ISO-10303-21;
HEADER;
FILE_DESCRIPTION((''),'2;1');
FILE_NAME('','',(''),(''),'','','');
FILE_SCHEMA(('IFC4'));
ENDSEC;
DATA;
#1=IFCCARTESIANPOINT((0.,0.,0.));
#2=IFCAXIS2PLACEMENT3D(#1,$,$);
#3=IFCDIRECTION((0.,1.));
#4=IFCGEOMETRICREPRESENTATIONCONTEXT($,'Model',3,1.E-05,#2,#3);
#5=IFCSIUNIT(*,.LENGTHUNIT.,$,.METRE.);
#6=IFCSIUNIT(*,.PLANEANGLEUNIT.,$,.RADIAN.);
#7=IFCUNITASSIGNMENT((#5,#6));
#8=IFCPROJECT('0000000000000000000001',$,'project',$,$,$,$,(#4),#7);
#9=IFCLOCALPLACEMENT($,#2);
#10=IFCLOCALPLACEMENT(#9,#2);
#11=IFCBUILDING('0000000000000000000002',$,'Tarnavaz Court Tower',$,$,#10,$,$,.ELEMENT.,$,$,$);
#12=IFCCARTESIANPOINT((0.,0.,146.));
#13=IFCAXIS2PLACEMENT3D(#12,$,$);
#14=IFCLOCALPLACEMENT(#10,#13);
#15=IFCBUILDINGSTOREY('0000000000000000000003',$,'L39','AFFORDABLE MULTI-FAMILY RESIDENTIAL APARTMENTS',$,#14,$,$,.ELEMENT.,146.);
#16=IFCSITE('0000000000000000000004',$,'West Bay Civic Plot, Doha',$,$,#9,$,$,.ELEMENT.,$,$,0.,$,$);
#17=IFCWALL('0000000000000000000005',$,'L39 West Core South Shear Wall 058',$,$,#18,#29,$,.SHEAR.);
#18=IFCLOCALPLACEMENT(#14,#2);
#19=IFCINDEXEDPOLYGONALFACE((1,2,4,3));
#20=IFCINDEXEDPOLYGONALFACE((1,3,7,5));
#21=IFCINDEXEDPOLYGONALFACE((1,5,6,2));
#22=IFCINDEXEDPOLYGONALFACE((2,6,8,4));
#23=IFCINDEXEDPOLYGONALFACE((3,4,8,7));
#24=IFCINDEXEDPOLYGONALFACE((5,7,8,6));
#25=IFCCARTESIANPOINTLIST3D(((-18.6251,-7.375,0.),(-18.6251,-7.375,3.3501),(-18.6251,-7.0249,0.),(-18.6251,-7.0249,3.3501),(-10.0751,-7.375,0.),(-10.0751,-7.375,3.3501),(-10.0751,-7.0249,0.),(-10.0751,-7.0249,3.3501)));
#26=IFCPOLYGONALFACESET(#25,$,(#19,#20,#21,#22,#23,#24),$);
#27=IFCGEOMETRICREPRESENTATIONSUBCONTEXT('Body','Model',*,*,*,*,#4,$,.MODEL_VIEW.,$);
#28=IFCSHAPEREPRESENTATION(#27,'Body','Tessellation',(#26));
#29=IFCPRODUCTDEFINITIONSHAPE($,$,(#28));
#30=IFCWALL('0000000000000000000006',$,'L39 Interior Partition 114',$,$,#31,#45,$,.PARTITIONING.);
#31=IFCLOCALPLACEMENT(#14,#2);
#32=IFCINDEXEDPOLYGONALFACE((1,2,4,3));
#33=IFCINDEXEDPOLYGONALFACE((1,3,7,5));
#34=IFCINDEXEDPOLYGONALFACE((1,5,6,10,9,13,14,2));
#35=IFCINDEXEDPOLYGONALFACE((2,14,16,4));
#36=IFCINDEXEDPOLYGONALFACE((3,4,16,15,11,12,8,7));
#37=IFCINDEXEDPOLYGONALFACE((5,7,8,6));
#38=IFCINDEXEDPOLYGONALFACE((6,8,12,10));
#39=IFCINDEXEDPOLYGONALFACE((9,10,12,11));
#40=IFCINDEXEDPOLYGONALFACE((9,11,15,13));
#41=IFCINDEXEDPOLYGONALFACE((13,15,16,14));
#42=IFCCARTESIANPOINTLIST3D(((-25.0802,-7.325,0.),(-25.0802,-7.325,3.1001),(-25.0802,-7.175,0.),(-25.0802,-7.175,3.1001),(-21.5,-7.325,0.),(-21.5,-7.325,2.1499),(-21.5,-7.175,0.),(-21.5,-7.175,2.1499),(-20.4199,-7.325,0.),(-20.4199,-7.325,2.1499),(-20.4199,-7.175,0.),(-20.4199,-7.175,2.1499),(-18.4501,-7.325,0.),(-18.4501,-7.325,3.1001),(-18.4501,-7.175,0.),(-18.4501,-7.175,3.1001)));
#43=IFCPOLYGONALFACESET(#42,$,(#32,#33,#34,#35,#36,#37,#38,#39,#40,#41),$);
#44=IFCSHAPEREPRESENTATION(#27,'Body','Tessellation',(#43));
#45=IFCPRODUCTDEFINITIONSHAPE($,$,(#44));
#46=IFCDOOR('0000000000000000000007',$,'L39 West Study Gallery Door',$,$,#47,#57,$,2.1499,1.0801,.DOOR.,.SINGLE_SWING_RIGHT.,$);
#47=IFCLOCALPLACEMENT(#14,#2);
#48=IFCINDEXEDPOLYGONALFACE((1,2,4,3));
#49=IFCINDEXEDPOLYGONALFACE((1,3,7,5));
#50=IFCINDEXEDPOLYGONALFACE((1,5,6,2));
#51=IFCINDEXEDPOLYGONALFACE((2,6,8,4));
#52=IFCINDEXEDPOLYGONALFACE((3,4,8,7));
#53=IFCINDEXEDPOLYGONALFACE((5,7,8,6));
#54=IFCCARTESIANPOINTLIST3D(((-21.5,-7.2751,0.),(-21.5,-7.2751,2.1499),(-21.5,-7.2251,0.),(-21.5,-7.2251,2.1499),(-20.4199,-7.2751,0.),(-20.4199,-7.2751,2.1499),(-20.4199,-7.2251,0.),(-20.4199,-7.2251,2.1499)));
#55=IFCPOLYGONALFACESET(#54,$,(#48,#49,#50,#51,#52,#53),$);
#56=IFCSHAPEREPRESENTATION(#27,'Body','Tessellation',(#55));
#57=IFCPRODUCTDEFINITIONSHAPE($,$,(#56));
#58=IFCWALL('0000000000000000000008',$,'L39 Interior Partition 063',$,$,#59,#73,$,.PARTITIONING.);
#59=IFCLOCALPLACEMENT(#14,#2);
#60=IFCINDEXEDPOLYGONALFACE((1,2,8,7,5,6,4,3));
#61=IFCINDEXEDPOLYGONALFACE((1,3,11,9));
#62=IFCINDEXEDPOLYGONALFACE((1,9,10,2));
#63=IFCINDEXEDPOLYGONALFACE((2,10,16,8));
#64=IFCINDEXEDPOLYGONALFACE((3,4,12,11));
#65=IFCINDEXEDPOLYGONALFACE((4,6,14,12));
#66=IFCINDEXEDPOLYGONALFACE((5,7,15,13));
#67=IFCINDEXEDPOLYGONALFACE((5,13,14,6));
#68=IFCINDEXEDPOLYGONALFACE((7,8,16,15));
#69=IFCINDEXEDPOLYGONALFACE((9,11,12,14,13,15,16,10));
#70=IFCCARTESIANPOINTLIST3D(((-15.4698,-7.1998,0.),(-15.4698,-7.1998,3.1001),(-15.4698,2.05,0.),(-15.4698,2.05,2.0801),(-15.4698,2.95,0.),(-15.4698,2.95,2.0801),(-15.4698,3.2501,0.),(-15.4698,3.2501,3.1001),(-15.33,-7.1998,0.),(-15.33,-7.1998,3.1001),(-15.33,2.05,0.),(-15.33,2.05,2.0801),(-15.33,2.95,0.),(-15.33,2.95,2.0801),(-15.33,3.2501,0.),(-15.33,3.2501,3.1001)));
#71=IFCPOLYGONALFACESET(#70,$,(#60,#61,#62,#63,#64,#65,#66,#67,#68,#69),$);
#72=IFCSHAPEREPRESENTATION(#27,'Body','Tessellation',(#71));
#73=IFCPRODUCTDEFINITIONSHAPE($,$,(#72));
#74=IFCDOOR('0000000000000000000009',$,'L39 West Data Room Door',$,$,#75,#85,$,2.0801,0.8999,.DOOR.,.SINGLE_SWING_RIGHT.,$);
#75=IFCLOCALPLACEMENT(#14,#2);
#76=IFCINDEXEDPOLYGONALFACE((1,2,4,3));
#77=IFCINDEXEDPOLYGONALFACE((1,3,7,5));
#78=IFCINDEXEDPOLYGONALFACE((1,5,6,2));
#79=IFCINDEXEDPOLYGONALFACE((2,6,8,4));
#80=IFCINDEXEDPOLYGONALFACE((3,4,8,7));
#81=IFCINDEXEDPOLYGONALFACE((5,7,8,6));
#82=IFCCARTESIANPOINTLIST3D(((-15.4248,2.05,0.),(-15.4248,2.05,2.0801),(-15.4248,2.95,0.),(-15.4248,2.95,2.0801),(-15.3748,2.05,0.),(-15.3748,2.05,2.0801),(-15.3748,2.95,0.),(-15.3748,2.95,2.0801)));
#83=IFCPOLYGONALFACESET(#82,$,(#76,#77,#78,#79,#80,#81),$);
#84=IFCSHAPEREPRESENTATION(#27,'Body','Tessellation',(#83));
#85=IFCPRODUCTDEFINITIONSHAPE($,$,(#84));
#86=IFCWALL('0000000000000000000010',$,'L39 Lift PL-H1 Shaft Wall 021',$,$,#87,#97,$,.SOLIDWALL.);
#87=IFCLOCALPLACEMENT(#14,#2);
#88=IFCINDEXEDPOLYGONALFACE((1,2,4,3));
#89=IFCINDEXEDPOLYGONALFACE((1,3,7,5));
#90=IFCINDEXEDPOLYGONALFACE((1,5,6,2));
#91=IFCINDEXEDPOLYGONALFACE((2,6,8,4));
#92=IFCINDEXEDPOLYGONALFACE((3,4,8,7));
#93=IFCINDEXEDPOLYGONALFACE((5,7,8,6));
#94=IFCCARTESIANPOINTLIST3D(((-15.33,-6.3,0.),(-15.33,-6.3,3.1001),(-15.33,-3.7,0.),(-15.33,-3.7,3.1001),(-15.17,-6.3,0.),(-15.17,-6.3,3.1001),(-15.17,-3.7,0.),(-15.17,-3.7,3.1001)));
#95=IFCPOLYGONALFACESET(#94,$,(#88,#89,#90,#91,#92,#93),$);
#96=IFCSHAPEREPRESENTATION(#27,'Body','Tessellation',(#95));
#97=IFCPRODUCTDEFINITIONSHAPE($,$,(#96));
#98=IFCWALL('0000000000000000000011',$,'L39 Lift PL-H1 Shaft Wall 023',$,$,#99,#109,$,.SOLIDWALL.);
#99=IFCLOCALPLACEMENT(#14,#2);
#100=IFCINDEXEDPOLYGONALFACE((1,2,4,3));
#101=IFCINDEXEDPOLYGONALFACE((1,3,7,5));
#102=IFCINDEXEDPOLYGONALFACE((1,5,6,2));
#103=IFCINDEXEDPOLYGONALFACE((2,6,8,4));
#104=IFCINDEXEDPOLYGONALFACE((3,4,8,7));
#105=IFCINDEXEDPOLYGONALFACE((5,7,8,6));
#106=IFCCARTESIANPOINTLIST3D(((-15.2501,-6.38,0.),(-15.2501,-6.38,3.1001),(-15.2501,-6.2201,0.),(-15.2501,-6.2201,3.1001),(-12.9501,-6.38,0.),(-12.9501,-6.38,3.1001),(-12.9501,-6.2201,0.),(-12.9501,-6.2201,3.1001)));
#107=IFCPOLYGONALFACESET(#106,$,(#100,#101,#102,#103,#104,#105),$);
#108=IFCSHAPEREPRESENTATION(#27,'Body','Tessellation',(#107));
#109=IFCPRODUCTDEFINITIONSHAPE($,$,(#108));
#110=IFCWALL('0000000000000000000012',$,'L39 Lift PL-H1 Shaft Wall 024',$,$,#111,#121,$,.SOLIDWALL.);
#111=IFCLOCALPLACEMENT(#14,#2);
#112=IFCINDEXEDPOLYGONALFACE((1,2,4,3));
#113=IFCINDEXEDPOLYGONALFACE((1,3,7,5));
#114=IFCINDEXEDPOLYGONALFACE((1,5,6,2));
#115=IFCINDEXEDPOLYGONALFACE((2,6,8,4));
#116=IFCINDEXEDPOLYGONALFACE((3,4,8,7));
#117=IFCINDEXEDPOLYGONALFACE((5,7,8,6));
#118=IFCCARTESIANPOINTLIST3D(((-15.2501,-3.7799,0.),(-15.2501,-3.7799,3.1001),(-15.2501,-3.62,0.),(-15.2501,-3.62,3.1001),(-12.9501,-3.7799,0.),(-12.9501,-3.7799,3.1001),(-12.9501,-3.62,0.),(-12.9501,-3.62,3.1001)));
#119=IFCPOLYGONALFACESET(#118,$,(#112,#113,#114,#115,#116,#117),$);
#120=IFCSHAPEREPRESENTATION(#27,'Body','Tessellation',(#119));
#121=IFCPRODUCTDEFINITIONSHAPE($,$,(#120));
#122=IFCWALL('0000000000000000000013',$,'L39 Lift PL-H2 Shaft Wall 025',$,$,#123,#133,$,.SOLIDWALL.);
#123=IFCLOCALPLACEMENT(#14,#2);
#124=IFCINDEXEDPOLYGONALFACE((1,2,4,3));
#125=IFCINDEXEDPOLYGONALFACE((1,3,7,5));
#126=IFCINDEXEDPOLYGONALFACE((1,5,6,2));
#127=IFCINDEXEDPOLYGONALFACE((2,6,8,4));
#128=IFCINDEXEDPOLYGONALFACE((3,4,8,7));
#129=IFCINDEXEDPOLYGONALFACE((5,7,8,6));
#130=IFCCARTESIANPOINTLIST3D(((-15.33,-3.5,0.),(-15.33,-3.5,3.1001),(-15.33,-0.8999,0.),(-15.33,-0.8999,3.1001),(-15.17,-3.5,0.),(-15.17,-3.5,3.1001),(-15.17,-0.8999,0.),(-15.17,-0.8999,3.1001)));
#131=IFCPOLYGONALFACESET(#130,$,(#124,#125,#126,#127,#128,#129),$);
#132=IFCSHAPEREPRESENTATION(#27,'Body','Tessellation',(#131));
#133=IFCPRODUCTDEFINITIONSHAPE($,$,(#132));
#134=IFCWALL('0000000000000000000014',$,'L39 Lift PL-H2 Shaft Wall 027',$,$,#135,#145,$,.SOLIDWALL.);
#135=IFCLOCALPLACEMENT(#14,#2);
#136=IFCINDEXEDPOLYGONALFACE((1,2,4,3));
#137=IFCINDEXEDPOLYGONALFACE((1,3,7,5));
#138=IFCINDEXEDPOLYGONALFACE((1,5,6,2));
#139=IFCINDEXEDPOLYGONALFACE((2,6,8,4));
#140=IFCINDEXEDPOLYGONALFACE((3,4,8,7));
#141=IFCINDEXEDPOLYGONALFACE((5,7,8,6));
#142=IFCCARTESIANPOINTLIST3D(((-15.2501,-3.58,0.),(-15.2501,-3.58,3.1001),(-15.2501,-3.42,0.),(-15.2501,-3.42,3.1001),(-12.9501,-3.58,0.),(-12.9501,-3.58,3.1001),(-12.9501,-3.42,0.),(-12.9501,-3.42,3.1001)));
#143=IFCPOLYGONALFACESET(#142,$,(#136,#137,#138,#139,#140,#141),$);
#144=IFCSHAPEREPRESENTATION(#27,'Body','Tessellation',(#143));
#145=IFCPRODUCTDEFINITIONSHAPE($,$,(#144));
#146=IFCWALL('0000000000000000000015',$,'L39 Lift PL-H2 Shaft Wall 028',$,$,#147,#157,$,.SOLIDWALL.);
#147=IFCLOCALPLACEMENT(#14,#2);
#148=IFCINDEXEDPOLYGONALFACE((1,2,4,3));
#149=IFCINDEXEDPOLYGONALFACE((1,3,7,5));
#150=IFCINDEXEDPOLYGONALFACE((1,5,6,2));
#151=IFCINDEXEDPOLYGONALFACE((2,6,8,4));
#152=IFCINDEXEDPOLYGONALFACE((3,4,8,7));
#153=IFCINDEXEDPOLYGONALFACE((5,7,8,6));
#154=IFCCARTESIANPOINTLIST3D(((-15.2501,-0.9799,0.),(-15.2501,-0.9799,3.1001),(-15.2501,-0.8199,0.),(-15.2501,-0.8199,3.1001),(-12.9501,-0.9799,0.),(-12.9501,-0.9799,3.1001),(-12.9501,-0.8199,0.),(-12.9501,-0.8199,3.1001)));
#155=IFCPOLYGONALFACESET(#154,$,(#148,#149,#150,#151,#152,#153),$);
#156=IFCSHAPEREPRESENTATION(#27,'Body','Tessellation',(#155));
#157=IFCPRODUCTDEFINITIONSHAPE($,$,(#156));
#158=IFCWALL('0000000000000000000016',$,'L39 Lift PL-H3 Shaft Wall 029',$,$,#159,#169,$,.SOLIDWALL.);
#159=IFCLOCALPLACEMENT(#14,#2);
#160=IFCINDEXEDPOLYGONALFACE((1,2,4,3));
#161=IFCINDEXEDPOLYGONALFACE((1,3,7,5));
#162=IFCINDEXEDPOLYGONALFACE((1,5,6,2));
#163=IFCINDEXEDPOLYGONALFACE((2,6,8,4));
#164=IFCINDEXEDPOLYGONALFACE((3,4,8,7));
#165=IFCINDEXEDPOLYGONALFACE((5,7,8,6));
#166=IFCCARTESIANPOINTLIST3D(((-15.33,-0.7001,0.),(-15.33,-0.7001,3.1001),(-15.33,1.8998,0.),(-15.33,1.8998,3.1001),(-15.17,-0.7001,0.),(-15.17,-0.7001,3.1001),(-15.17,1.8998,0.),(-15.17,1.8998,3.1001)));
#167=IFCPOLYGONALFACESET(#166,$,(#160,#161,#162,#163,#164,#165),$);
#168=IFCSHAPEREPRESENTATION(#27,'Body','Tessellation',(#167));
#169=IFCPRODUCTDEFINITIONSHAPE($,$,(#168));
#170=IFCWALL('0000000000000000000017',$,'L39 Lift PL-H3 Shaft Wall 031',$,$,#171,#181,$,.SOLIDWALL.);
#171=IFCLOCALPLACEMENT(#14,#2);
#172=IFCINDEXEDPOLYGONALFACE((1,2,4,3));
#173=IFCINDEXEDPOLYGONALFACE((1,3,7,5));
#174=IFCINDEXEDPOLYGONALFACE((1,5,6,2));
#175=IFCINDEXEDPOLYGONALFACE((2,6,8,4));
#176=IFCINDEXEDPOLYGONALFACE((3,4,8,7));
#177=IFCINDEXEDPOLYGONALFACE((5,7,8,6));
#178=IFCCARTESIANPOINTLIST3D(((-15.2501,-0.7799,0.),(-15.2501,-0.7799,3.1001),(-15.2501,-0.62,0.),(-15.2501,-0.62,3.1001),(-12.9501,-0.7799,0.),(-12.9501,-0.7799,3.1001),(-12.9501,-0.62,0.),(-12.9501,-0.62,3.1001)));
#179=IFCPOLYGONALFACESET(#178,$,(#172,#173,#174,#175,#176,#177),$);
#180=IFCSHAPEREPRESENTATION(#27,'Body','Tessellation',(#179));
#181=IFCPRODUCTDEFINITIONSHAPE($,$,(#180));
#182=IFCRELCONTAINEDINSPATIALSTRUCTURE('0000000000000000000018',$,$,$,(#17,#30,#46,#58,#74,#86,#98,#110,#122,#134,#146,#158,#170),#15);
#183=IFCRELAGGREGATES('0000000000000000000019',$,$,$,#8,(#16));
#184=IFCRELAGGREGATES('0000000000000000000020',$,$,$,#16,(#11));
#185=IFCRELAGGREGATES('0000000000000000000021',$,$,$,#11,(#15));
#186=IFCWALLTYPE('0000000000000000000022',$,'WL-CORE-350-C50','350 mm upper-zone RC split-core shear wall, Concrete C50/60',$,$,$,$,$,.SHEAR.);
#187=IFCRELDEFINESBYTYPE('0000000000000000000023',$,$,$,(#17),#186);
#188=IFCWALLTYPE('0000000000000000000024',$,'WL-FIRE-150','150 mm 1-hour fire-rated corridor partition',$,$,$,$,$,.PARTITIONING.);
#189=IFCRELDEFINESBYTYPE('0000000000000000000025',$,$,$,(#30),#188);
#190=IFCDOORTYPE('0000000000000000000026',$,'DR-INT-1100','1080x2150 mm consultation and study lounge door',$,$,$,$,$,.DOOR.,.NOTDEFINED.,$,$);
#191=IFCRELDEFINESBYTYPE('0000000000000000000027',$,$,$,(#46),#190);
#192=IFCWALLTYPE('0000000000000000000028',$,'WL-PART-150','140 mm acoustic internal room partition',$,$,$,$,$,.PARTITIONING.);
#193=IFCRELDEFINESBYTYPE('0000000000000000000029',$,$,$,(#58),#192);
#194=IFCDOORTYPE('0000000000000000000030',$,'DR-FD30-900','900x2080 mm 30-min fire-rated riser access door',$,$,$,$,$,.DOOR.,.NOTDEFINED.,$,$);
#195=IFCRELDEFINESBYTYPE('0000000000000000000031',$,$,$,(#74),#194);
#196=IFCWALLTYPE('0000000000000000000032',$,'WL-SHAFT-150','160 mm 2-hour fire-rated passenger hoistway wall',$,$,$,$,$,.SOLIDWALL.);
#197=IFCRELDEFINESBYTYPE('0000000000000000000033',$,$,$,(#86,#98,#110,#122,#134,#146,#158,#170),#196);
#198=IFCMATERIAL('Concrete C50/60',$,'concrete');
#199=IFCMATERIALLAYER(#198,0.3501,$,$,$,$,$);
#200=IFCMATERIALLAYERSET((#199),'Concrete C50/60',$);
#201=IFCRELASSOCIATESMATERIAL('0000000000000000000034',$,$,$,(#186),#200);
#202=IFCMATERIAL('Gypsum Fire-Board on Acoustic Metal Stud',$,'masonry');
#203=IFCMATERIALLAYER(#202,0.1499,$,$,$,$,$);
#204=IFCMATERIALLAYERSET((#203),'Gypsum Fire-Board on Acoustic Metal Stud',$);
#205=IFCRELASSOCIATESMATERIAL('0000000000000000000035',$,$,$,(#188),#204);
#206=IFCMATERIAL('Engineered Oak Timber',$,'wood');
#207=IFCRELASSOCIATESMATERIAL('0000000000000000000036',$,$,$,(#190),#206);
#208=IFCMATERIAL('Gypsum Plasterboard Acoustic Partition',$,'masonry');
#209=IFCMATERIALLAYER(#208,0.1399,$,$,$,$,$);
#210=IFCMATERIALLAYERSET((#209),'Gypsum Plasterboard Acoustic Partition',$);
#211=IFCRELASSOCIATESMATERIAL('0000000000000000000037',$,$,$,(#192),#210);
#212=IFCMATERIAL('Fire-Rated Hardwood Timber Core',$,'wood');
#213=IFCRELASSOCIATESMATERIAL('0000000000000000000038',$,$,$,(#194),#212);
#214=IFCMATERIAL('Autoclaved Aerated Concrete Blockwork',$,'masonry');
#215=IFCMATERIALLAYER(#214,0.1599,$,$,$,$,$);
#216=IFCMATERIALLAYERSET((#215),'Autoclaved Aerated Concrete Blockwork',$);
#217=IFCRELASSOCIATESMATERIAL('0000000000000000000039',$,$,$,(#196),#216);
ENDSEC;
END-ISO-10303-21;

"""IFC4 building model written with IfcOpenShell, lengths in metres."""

from ifc_helpers import new_model, si_unit, direction, frame, frame_2d, origin, place, context, subcontext, project, spatial, rectangle, extrude, material, layer, layer_set, type_object, element, fill, save


model = new_model("IFC4")

# Units and contexts
model_context = context("Model", 3, precision=1e-05, world=origin(), true_north=direction((0.0, 1.0)))
body_context = subcontext(model_context, "Body", "Model", "MODEL_VIEW")
ifc_project = project(units=[si_unit("LENGTHUNIT", "METRE"), si_unit("PLANEANGLEUNIT", "RADIAN")], contexts=[model_context])

# Site, building, storey
site_placement = place(None, origin())
site = spatial("IfcSite", under=ifc_project, at=site_placement, Name="West Bay Civic Plot, Doha", CompositionType="ELEMENT", RefElevation=0.0)
building_placement = place(site_placement, origin())
building = spatial("IfcBuilding", under=site, at=building_placement, Name="Tarnavaz Court Tower", CompositionType="ELEMENT")
storey_placement = place(building_placement, frame((0.0, 0.0, 146.0)))
storey = spatial("IfcBuildingStorey", under=building, at=storey_placement, Name="L39", Description="AFFORDABLE MULTI-FAMILY RESIDENTIAL APARTMENTS", CompositionType="ELEMENT", Elevation=146.0)

# Shared definitions
ifc_material_1 = material(Name="Concrete C50/60", Category="concrete")

# Wall
ifc_layer_1 = layer(ifc_material_1, 0.3501)
ifc_layer_set_1 = layer_set([ifc_layer_1], Name="Concrete C50/60")
wall_type_1 = type_object("IfcWallType", Name="WL-CORE-350-C50", Description="350 mm upper-zone RC split-core shear wall, Concrete C50/60", PredefinedType="SHEAR", material=ifc_layer_set_1)
wall_1_placement = place(storey_placement, frame((-18.625, -7.2, 0.0), z_axis=(0.0, 0.0, 1.0), x_axis=(1.0, 0.0, 0.0)))
element("IfcWall", 1, at=wall_1_placement, inside=storey, type_object=wall_type_1, Name="L39 West Core South Shear Wall 058", PredefinedType="SHEAR", context=body_context, shape_type="SweptSolid", body=[
    extrude(rectangle(XDim=8.55, YDim=0.3501, at=frame_2d((4.2749, 0.0))), origin(), (0.0, 0.0, 1.0), 3.3501),
])

# Walls, openings, doors
ifc_material_2 = material(Name="Gypsum Fire-Board on Acoustic Metal Stud", Category="masonry")
ifc_layer_2 = layer(ifc_material_2, 0.1499)
ifc_layer_set_2 = layer_set([ifc_layer_2], Name="Gypsum Fire-Board on Acoustic Metal Stud")
wall_type_2 = type_object("IfcWallType", Name="WL-FIRE-150", Description="150 mm 1-hour fire-rated corridor partition", PredefinedType="PARTITIONING", material=ifc_layer_set_2)
wall_2_placement = place(storey_placement, frame((-25.0801, -7.25, 0.0), z_axis=(0.0, 0.0, 1.0), x_axis=(1.0, 0.0, 0.0)))
wall_2 = element("IfcWall", 2, at=wall_2_placement, inside=storey, type_object=wall_type_2, Name="L39 Interior Partition 114", PredefinedType="PARTITIONING", context=body_context, shape_type="SweptSolid", body=[
    extrude(rectangle(XDim=6.6301, YDim=0.1499, at=frame_2d((3.3149, 0.0))), origin(), (0.0, 0.0, 1.0), 3.1001),
])
opening_1_placement = place(wall_2_placement, frame((3.5801, 0.0, 0.0)))
opening_1 = element("IfcOpeningElement", 3, at=opening_1_placement, cuts=wall_2, PredefinedType="OPENING", context=body_context, shape_type="SweptSolid", body=[
    extrude(rectangle(XDim=1.0801, YDim=2.1499, at=frame_2d((0.54, 1.075))), frame((0.0, 0.085, 0.0), z_axis=(0.0, -1.0, 0.0), x_axis=(1.0, 0.0, 0.0)), (0.0, 0.0, 1.0), 0.1699),
])
ifc_material_3 = material(Name="Engineered Oak Timber", Category="wood")
door_type_1 = type_object("IfcDoorType", Name="DR-INT-1100", Description="1080x2150 mm consultation and study lounge door", OperationType="NOTDEFINED", PredefinedType="DOOR", material=ifc_material_3)
door_1_placement = place(opening_1_placement, origin())
door_1 = element("IfcDoor", 4, at=door_1_placement, inside=storey, type_object=door_type_1, Name="L39 West Study Gallery Door", OperationType="SINGLE_SWING_RIGHT", OverallHeight=2.1499, OverallWidth=1.0801, PredefinedType="DOOR", context=body_context, shape_type="SweptSolid", body=[
    extrude(rectangle(XDim=1.0801, YDim=2.1499, at=frame_2d((0.54, 1.075))), frame((0.0, 0.0249, 0.0), z_axis=(0.0, -1.0, 0.0), x_axis=(1.0, 0.0, 0.0)), (0.0, 0.0, 1.0), 0.05),
])
fill(opening_1, door_1)
ifc_material_4 = material(Name="Gypsum Plasterboard Acoustic Partition", Category="masonry")
ifc_layer_3 = layer(ifc_material_4, 0.1399)
ifc_layer_set_3 = layer_set([ifc_layer_3], Name="Gypsum Plasterboard Acoustic Partition")
wall_type_3 = type_object("IfcWallType", Name="WL-PART-150", Description="140 mm acoustic internal room partition", PredefinedType="PARTITIONING", material=ifc_layer_set_3)
wall_3_placement = place(storey_placement, frame((-15.3999, -7.2, 0.0), z_axis=(0.0, 0.0, 1.0), x_axis=(0.0, 1.0, 0.0)))
wall_3 = element("IfcWall", 5, at=wall_3_placement, inside=storey, type_object=wall_type_3, Name="L39 Interior Partition 063", PredefinedType="PARTITIONING", context=body_context, shape_type="SweptSolid", body=[
    extrude(rectangle(XDim=10.45, YDim=0.1399, at=frame_2d((5.2251, 0.0))), origin(), (0.0, 0.0, 1.0), 3.1001),
])
opening_2_placement = place(wall_3_placement, frame((9.25, 0.0, 0.0)))
opening_2 = element("IfcOpeningElement", 6, at=opening_2_placement, cuts=wall_3, PredefinedType="OPENING", context=body_context, shape_type="SweptSolid", body=[
    extrude(rectangle(XDim=0.8999, YDim=2.0801, at=frame_2d((0.45, 1.04))), frame((0.0, 0.0798, 0.0), z_axis=(0.0, -1.0, 0.0), x_axis=(1.0, 0.0, 0.0)), (0.0, 0.0, 1.0), 0.1599),
])
ifc_material_5 = material(Name="Fire-Rated Hardwood Timber Core", Category="wood")
door_type_2 = type_object("IfcDoorType", Name="DR-FD30-900", Description="900x2080 mm 30-min fire-rated riser access door", OperationType="NOTDEFINED", PredefinedType="DOOR", material=ifc_material_5)
door_2_placement = place(opening_2_placement, origin())
door_2 = element("IfcDoor", 7, at=door_2_placement, inside=storey, type_object=door_type_2, Name="L39 West Data Room Door", OperationType="SINGLE_SWING_RIGHT", OverallHeight=2.0801, OverallWidth=0.8999, PredefinedType="DOOR", context=body_context, shape_type="SweptSolid", body=[
    extrude(rectangle(XDim=0.8999, YDim=2.0801, at=frame_2d((0.45, 1.04))), frame((0.0, 0.0249, 0.0), z_axis=(0.0, -1.0, 0.0), x_axis=(1.0, 0.0, 0.0)), (0.0, 0.0, 1.0), 0.05),
])
fill(opening_2, door_2)

# Walls
ifc_material_6 = material(Name="Autoclaved Aerated Concrete Blockwork", Category="masonry")
ifc_layer_4 = layer(ifc_material_6, 0.1599)
ifc_layer_set_4 = layer_set([ifc_layer_4], Name="Autoclaved Aerated Concrete Blockwork")
wall_type_4 = type_object("IfcWallType", Name="WL-SHAFT-150", Description="160 mm 2-hour fire-rated passenger hoistway wall", PredefinedType="SOLIDWALL", material=ifc_layer_set_4)
wall_4_placement = place(storey_placement, frame((-15.25, -6.3, 0.0), z_axis=(0.0, 0.0, 1.0), x_axis=(0.0, 1.0, 0.0)))
element("IfcWall", 8, at=wall_4_placement, inside=storey, type_object=wall_type_4, Name="L39 Lift PL-H1 Shaft Wall 021", PredefinedType="SOLIDWALL", context=body_context, shape_type="SweptSolid", body=[
    extrude(rectangle(XDim=2.6001, YDim=0.1599, at=frame_2d((1.3, 0.0))), origin(), (0.0, 0.0, 1.0), 3.1001),
])
for number, where, z_axis, x_axis, name in (
    (9, (-15.25, -6.3, 0.0), (0.0, 0.0, 1.0), (1.0, 0.0, 0.0), "L39 Lift PL-H1 Shaft Wall 023"),
    (10, (-15.25, -3.7, 0.0), (0.0, 0.0, 1.0), (1.0, 0.0, 0.0), "L39 Lift PL-H1 Shaft Wall 024"),
):
    element("IfcWall", number, at=place(storey_placement, frame(where, z_axis=z_axis, x_axis=x_axis)), inside=storey, type_object=wall_type_4, Name=name, PredefinedType="SOLIDWALL", context=body_context, shape_type="SweptSolid", body=[
        extrude(rectangle(XDim=2.3, YDim=0.1599, at=frame_2d((1.1499, 0.0))), origin(), (0.0, 0.0, 1.0), 3.1001),
    ])
wall_5_placement = place(storey_placement, frame((-15.25, -3.5, 0.0), z_axis=(0.0, 0.0, 1.0), x_axis=(0.0, 1.0, 0.0)))
element("IfcWall", 11, at=wall_5_placement, inside=storey, type_object=wall_type_4, Name="L39 Lift PL-H2 Shaft Wall 025", PredefinedType="SOLIDWALL", context=body_context, shape_type="SweptSolid", body=[
    extrude(rectangle(XDim=2.6001, YDim=0.1599, at=frame_2d((1.3, 0.0))), origin(), (0.0, 0.0, 1.0), 3.1001),
])
for number, where, z_axis, x_axis, name in (
    (12, (-15.25, -3.5, 0.0), (0.0, 0.0, 1.0), (1.0, 0.0, 0.0), "L39 Lift PL-H2 Shaft Wall 027"),
    (13, (-15.25, -0.8999, 0.0), (0.0, 0.0, 1.0), (1.0, 0.0, 0.0), "L39 Lift PL-H2 Shaft Wall 028"),
):
    element("IfcWall", number, at=place(storey_placement, frame(where, z_axis=z_axis, x_axis=x_axis)), inside=storey, type_object=wall_type_4, Name=name, PredefinedType="SOLIDWALL", context=body_context, shape_type="SweptSolid", body=[
        extrude(rectangle(XDim=2.3, YDim=0.1599, at=frame_2d((1.1499, 0.0))), origin(), (0.0, 0.0, 1.0), 3.1001),
    ])
wall_6_placement = place(storey_placement, frame((-15.25, -0.7, 0.0), z_axis=(0.0, 0.0, 1.0), x_axis=(0.0, 1.0, 0.0)))
element("IfcWall", 14, at=wall_6_placement, inside=storey, type_object=wall_type_4, Name="L39 Lift PL-H3 Shaft Wall 029", PredefinedType="SOLIDWALL", context=body_context, shape_type="SweptSolid", body=[
    extrude(rectangle(XDim=2.5999, YDim=0.1599, at=frame_2d((1.2998, 0.0))), origin(), (0.0, 0.0, 1.0), 3.1001),
])
wall_7_placement = place(storey_placement, frame((-15.25, -0.7, 0.0), z_axis=(0.0, 0.0, 1.0), x_axis=(1.0, 0.0, 0.0)))
element("IfcWall", 15, at=wall_7_placement, inside=storey, type_object=wall_type_4, Name="L39 Lift PL-H3 Shaft Wall 031", PredefinedType="SOLIDWALL", context=body_context, shape_type="SweptSolid", body=[
    extrude(rectangle(XDim=2.3, YDim=0.1599, at=frame_2d((1.1499, 0.0))), origin(), (0.0, 0.0, 1.0), 3.1001),
])

save(model, "model.ifc")
